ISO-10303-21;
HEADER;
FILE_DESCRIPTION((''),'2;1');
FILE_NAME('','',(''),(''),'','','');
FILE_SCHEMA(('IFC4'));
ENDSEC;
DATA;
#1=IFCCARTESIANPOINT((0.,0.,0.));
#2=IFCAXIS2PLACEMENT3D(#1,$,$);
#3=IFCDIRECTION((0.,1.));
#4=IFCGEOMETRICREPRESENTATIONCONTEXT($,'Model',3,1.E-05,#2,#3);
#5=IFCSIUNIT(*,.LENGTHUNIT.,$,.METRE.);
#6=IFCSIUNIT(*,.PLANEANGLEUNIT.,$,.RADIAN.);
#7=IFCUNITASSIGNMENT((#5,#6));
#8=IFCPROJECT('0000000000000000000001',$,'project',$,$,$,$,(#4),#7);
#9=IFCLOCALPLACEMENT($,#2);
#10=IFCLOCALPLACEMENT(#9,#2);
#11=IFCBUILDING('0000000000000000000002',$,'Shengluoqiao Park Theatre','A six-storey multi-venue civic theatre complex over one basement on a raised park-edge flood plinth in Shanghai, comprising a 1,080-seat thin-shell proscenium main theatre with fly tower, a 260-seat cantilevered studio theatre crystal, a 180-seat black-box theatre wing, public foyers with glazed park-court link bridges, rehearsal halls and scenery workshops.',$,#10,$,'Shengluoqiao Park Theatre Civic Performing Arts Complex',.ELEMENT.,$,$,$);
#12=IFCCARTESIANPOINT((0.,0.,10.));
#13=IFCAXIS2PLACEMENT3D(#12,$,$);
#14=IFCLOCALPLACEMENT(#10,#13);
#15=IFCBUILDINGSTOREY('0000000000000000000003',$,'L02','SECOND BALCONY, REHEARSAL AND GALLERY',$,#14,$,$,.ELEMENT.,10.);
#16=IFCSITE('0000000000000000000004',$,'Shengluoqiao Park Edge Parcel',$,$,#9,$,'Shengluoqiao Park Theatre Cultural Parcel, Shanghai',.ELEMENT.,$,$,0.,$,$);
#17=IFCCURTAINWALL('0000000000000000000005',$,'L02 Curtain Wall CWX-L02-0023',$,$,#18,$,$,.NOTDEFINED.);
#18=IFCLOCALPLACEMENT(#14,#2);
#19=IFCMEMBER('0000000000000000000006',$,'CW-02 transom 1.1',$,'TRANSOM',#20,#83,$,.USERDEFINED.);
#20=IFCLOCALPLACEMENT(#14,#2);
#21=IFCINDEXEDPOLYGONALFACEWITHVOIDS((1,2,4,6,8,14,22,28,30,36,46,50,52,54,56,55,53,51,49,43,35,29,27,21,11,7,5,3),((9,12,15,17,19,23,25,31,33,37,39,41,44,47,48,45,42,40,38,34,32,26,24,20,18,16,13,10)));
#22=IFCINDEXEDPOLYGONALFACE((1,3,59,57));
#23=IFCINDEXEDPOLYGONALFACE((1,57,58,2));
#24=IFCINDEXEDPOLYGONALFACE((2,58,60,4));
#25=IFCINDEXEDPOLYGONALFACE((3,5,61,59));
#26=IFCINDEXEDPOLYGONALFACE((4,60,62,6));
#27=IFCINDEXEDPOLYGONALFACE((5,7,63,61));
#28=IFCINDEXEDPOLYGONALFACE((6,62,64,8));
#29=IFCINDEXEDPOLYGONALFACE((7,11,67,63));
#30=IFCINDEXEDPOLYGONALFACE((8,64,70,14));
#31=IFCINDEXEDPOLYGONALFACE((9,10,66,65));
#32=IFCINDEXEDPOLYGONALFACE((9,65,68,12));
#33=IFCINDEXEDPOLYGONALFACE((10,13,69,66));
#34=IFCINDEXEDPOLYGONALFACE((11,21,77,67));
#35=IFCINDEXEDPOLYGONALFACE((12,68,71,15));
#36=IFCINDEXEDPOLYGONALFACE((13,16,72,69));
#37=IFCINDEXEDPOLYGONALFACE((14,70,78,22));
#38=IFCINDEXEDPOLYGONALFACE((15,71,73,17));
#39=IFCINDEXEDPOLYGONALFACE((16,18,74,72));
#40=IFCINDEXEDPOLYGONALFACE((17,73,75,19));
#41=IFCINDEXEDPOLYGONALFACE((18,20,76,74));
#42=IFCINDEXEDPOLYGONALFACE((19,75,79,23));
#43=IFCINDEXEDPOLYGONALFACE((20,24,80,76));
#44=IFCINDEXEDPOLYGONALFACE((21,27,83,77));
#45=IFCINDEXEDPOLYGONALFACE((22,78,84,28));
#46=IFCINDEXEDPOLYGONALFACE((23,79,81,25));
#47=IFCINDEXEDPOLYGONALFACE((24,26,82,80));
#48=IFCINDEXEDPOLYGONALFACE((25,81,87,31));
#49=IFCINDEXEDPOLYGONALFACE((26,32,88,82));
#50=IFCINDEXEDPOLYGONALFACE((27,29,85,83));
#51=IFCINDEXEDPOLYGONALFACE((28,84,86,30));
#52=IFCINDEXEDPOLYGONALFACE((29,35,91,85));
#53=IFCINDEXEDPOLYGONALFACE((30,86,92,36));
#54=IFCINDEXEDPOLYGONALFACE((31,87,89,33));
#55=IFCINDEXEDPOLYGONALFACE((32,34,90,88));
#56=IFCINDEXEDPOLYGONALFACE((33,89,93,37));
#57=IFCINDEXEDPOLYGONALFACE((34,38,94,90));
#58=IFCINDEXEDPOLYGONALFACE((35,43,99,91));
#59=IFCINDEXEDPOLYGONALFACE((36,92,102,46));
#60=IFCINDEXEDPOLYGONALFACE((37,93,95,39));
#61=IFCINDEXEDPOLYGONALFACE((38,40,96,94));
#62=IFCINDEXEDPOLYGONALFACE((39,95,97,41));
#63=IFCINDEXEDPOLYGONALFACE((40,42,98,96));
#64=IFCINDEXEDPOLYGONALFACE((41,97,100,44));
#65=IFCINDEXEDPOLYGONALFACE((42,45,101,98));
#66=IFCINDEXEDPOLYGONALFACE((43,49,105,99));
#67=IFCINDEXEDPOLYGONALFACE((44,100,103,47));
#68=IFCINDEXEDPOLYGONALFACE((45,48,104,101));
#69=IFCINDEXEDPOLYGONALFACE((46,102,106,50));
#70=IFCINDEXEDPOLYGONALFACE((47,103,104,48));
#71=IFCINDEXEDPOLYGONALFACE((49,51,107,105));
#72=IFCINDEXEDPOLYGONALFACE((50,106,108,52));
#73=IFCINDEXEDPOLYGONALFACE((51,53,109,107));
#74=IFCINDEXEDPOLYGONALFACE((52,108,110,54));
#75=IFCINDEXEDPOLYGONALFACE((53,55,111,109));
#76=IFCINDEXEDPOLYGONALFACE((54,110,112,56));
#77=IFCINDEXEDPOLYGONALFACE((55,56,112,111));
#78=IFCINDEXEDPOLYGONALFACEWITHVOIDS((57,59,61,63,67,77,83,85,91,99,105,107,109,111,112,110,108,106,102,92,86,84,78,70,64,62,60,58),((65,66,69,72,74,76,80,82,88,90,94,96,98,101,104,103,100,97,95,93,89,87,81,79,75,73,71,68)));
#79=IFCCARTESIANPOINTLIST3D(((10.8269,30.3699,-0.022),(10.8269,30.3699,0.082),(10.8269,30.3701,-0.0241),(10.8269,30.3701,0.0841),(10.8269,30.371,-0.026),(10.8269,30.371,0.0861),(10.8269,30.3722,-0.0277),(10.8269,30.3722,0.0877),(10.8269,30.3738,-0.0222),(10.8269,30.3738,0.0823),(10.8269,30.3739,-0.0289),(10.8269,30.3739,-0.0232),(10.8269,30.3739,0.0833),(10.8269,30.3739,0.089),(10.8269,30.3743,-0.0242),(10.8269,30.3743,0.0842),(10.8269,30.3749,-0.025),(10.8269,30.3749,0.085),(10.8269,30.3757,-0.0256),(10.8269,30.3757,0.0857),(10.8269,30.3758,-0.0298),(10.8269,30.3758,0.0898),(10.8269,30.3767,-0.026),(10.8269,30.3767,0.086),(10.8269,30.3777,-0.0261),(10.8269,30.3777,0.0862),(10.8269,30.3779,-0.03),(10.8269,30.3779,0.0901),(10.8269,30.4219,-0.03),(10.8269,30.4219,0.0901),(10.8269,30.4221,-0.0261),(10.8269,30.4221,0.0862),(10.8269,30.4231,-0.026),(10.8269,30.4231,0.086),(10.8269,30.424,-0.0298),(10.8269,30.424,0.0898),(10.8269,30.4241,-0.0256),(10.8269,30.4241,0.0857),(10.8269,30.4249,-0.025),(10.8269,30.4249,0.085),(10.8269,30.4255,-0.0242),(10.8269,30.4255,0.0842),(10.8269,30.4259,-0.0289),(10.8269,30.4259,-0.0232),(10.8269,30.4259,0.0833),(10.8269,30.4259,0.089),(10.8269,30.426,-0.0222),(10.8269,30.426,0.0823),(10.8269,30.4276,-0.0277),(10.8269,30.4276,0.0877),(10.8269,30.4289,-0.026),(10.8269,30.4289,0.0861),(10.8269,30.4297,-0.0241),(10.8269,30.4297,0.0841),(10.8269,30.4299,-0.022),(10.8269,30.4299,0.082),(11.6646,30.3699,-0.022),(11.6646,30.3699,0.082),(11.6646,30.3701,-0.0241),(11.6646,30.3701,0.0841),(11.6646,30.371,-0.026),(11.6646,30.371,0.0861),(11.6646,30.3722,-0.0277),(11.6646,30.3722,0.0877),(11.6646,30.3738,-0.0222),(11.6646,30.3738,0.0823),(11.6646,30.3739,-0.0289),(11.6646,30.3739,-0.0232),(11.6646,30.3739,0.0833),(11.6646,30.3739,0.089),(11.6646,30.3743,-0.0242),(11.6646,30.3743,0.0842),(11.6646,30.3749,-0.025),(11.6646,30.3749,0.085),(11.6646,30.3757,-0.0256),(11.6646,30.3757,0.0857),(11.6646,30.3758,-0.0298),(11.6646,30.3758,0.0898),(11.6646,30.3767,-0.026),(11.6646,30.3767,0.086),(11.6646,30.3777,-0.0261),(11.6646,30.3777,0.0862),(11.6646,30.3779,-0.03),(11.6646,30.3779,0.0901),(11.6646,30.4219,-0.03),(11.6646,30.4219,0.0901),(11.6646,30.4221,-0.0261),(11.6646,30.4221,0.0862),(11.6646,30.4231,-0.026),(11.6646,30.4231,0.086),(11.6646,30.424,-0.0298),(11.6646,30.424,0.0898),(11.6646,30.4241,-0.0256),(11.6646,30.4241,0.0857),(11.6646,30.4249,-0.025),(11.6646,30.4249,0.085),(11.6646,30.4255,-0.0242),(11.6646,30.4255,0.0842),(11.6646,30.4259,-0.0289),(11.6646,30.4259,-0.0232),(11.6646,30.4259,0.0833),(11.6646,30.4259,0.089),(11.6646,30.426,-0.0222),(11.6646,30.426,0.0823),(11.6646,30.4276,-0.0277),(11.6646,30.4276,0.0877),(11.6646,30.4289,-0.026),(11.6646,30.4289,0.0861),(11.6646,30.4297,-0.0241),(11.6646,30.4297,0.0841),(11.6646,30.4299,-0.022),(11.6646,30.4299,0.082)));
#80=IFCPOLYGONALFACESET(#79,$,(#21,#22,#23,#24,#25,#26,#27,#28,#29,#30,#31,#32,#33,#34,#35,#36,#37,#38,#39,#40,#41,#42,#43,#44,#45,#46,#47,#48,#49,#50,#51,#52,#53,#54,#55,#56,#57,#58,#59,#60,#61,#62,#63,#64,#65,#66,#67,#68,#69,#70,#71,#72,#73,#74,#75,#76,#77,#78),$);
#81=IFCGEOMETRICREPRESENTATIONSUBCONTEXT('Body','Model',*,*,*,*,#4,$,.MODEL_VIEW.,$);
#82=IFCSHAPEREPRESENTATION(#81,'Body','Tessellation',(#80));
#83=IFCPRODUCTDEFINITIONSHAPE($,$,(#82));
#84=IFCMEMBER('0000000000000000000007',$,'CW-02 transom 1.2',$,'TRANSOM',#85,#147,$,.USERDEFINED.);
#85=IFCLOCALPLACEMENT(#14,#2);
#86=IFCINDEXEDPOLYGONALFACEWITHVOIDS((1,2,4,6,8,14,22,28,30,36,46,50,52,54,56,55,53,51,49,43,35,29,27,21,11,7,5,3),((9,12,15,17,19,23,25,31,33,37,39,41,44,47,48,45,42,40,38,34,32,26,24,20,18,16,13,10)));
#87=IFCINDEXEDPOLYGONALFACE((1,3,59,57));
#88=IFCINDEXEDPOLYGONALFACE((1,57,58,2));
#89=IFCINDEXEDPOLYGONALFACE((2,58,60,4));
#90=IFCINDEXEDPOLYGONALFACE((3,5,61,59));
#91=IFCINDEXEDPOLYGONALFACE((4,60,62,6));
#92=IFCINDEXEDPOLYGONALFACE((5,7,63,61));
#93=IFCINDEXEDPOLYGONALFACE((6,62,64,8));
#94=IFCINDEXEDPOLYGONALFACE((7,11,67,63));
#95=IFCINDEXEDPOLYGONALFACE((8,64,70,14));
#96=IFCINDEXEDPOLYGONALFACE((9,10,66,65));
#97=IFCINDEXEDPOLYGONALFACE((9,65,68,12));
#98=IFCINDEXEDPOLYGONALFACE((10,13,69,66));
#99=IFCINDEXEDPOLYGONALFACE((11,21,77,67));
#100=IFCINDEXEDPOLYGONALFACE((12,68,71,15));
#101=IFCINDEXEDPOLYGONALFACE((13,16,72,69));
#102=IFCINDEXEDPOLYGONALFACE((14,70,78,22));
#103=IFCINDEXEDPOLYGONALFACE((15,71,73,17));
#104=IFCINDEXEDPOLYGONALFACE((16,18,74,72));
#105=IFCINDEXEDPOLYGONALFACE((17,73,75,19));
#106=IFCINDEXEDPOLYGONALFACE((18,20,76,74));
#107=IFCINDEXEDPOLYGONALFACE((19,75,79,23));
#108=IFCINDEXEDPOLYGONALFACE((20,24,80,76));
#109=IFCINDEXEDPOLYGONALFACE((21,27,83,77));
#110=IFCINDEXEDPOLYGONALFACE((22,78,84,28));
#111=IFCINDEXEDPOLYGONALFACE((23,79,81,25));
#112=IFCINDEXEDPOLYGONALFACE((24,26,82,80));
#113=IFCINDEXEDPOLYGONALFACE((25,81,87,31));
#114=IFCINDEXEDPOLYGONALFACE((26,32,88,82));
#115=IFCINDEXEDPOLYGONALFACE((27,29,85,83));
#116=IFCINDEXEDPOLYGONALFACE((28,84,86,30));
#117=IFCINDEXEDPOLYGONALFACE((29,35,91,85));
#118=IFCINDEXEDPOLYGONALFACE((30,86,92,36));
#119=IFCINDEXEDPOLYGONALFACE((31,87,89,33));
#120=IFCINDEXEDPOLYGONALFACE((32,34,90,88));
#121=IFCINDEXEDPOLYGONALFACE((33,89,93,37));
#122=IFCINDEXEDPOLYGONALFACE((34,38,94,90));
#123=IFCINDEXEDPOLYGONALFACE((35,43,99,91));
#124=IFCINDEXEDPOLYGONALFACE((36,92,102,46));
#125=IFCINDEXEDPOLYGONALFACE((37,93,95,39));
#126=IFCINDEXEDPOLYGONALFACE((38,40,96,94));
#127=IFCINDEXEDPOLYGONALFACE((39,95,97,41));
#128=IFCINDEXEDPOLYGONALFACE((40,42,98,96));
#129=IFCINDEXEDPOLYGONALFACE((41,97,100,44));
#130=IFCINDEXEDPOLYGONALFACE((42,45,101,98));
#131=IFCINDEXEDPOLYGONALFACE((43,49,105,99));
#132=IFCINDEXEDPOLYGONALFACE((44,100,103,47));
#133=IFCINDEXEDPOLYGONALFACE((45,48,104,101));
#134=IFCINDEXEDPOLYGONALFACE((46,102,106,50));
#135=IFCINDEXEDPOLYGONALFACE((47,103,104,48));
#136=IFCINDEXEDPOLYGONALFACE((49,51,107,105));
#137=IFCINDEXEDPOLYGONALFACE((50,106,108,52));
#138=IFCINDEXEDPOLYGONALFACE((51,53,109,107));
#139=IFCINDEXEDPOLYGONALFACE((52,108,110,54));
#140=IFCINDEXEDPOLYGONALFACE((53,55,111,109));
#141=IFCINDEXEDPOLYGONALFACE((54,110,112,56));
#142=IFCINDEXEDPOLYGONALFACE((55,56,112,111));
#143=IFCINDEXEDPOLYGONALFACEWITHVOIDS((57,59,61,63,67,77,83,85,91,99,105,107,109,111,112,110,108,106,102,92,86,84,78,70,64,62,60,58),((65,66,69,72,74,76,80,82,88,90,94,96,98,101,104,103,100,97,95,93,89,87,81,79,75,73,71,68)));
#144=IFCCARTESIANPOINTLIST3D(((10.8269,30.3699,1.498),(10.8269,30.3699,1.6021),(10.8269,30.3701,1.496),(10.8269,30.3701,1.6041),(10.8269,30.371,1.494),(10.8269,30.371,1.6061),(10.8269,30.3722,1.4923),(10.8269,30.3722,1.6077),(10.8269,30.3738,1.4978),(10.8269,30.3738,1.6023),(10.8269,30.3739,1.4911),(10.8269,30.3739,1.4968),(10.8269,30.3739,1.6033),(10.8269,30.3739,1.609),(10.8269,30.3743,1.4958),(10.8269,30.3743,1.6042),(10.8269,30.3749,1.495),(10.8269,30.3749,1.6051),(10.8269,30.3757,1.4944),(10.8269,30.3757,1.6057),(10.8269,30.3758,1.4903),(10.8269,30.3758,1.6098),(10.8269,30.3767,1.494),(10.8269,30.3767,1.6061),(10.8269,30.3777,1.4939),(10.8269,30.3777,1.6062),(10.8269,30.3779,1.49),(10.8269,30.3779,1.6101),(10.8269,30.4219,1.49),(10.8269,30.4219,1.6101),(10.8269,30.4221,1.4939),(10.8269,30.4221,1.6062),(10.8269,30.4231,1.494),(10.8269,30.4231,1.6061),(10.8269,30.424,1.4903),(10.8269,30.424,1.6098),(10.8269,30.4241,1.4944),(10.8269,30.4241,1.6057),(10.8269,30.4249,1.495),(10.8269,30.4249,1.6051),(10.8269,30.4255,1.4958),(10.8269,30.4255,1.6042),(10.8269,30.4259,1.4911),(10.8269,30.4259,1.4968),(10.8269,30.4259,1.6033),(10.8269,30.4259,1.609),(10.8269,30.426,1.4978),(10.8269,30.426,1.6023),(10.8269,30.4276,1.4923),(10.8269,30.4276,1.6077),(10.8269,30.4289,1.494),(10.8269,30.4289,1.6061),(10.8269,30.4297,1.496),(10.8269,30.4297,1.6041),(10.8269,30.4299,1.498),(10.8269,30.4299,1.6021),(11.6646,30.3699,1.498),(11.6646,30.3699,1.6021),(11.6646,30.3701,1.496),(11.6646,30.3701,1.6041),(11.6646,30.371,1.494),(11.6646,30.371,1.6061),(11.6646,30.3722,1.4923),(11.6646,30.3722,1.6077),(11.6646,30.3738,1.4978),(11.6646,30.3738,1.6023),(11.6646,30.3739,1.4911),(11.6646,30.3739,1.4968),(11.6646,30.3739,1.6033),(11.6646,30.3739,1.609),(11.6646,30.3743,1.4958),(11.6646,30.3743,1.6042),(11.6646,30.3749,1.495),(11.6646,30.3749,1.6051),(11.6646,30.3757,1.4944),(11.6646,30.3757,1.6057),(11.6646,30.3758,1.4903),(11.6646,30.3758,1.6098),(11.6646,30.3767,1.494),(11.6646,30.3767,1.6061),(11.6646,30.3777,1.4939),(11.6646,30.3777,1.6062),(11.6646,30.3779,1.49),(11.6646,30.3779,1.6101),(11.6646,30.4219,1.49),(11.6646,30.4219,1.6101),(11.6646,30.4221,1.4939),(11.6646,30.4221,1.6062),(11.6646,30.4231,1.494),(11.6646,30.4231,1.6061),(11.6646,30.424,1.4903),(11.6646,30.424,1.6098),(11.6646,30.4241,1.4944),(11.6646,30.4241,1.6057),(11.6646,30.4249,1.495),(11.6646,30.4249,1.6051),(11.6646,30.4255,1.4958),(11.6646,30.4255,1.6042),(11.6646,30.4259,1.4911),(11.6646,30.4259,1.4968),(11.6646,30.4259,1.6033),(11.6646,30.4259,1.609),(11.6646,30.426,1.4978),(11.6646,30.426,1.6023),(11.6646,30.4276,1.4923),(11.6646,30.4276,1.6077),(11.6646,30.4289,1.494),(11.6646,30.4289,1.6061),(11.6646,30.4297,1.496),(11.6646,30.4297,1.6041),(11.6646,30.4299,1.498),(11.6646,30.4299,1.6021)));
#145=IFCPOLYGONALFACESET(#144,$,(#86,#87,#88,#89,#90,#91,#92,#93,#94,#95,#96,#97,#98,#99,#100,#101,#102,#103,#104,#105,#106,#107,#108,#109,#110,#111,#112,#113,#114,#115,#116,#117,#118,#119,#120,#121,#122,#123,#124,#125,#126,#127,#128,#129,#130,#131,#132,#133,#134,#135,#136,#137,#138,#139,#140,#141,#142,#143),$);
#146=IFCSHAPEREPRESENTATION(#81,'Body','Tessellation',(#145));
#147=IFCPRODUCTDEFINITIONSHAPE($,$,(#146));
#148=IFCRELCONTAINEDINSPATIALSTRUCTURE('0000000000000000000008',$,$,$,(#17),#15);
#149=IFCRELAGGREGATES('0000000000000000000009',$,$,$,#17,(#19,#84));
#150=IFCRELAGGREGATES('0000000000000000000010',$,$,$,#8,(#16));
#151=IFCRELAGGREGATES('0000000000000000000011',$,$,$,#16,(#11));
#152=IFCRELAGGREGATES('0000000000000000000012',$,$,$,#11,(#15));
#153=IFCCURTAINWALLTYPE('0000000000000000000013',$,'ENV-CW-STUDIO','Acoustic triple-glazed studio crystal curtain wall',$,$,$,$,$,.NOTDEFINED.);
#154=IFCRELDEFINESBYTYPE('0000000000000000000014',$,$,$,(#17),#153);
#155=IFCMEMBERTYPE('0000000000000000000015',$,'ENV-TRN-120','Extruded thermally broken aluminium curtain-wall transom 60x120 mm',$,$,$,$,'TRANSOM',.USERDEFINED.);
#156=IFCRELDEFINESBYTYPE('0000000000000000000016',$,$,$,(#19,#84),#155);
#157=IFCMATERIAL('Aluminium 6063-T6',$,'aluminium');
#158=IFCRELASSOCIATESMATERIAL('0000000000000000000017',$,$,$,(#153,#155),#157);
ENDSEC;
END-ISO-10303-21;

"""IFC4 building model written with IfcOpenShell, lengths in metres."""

from ifc_helpers import new_model, si_unit, direction, frame, origin, origin_2d, place, context, subcontext, project, spatial, hollow_rectangle, extrude, material, material_profile, profile_set, type_object, element, aggregate, save


model = new_model("IFC4")

# Units and contexts
model_context = context("Model", 3, precision=1e-05, world=origin(), true_north=direction((0.0, 1.0)))
body_context = subcontext(model_context, "Body", "Model", "MODEL_VIEW")
ifc_project = project(units=[si_unit("LENGTHUNIT", "METRE"), si_unit("PLANEANGLEUNIT", "RADIAN")], contexts=[model_context])

# Site, building, storey
site_placement = place(None, origin())
site = spatial("IfcSite", under=ifc_project, at=site_placement, Name="Shengluoqiao Park Edge Parcel", LongName="Shengluoqiao Park Theatre Cultural Parcel, Shanghai", CompositionType="ELEMENT", RefElevation=0.0)
building_placement = place(site_placement, origin())
building = spatial("IfcBuilding", under=site, at=building_placement, Name="Shengluoqiao Park Theatre", Description="A six-storey multi-venue civic theatre complex over one basement on a raised park-edge flood plinth in Shanghai, comprising a 1,080-seat thin-shell proscenium main theatre with fly tower, a 260-seat cantilevered studio theatre crystal, a 180-seat black-box theatre wing, public foyers with glazed park-court link bridges, rehearsal halls and scenery workshops.", LongName="Shengluoqiao Park Theatre Civic Performing Arts Complex", CompositionType="ELEMENT")
storey_placement = place(building_placement, frame((0.0, 0.0, 10.0)))
storey = spatial("IfcBuildingStorey", under=building, at=storey_placement, Name="L02", Description="SECOND BALCONY, REHEARSAL AND GALLERY", CompositionType="ELEMENT", Elevation=10.0)

# Curtain wall, members
ifc_material_1 = material(Name="Aluminium 6063-T6", Category="aluminium")
curtain_wall_type = type_object("IfcCurtainWallType", Name="ENV-CW-STUDIO", Description="Acoustic triple-glazed studio crystal curtain wall", PredefinedType="NOTDEFINED", material=ifc_material_1)
curtain_wall_placement = place(storey_placement, origin())
curtain_wall = element("IfcCurtainWall", 1, at=curtain_wall_placement, inside=storey, type_object=curtain_wall_type, Name="L02 Curtain Wall CWX-L02-0023", PredefinedType="NOTDEFINED")
ifc_material_profile_1 = material_profile(ifc_material_1, hollow_rectangle(XDim=0.0601, YDim=0.1201, WallThickness=0.0039, InnerFilletRadius=0.0039, OuterFilletRadius=0.0081, at=origin_2d()), Name="ALU TRANSOM 120x60x4")
ifc_profile_set_1 = profile_set([ifc_material_profile_1], Name="Aluminium 6063-T6")
member_type_1 = type_object("IfcMemberType", Name="ENV-TRN-120", Description="Extruded thermally broken aluminium curtain-wall transom 60x120 mm", ElementType="TRANSOM", PredefinedType="USERDEFINED", material=ifc_profile_set_1)
member_1_placement = place(storey_placement, frame((10.8269, 30.3999, 0.03), z_axis=(1.0, 0.0, 0.0), x_axis=(0.0, 1.0, 0.0)))
member_1 = element("IfcMember", 2, at=member_1_placement, type_object=member_type_1, Name="CW-02 transom 1.1", ObjectType="TRANSOM", PredefinedType="USERDEFINED", context=body_context, shape_type="SweptSolid", body=[
    extrude(hollow_rectangle(XDim=0.0601, YDim=0.1201, WallThickness=0.0039, InnerFilletRadius=0.0039, OuterFilletRadius=0.0081, at=origin_2d()), origin(), (0.0, 0.0, 1.0), 0.8376),
])
member_2_placement = place(storey_placement, frame((10.8269, 30.3999, 1.55), z_axis=(1.0, 0.0, 0.0), x_axis=(0.0, 1.0, 0.0)))
member_2 = element("IfcMember", 3, at=member_2_placement, type_object=member_type_1, Name="CW-02 transom 1.2", ObjectType="TRANSOM", PredefinedType="USERDEFINED", context=body_context, shape_type="SweptSolid", body=[
    extrude(hollow_rectangle(XDim=0.0601, YDim=0.1201, WallThickness=0.0039, InnerFilletRadius=0.0039, OuterFilletRadius=0.0081, at=origin_2d()), origin(), (0.0, 0.0, 1.0), 0.8376),
])

aggregate(curtain_wall, [member_1, member_2])

save(model, "model.ifc")
